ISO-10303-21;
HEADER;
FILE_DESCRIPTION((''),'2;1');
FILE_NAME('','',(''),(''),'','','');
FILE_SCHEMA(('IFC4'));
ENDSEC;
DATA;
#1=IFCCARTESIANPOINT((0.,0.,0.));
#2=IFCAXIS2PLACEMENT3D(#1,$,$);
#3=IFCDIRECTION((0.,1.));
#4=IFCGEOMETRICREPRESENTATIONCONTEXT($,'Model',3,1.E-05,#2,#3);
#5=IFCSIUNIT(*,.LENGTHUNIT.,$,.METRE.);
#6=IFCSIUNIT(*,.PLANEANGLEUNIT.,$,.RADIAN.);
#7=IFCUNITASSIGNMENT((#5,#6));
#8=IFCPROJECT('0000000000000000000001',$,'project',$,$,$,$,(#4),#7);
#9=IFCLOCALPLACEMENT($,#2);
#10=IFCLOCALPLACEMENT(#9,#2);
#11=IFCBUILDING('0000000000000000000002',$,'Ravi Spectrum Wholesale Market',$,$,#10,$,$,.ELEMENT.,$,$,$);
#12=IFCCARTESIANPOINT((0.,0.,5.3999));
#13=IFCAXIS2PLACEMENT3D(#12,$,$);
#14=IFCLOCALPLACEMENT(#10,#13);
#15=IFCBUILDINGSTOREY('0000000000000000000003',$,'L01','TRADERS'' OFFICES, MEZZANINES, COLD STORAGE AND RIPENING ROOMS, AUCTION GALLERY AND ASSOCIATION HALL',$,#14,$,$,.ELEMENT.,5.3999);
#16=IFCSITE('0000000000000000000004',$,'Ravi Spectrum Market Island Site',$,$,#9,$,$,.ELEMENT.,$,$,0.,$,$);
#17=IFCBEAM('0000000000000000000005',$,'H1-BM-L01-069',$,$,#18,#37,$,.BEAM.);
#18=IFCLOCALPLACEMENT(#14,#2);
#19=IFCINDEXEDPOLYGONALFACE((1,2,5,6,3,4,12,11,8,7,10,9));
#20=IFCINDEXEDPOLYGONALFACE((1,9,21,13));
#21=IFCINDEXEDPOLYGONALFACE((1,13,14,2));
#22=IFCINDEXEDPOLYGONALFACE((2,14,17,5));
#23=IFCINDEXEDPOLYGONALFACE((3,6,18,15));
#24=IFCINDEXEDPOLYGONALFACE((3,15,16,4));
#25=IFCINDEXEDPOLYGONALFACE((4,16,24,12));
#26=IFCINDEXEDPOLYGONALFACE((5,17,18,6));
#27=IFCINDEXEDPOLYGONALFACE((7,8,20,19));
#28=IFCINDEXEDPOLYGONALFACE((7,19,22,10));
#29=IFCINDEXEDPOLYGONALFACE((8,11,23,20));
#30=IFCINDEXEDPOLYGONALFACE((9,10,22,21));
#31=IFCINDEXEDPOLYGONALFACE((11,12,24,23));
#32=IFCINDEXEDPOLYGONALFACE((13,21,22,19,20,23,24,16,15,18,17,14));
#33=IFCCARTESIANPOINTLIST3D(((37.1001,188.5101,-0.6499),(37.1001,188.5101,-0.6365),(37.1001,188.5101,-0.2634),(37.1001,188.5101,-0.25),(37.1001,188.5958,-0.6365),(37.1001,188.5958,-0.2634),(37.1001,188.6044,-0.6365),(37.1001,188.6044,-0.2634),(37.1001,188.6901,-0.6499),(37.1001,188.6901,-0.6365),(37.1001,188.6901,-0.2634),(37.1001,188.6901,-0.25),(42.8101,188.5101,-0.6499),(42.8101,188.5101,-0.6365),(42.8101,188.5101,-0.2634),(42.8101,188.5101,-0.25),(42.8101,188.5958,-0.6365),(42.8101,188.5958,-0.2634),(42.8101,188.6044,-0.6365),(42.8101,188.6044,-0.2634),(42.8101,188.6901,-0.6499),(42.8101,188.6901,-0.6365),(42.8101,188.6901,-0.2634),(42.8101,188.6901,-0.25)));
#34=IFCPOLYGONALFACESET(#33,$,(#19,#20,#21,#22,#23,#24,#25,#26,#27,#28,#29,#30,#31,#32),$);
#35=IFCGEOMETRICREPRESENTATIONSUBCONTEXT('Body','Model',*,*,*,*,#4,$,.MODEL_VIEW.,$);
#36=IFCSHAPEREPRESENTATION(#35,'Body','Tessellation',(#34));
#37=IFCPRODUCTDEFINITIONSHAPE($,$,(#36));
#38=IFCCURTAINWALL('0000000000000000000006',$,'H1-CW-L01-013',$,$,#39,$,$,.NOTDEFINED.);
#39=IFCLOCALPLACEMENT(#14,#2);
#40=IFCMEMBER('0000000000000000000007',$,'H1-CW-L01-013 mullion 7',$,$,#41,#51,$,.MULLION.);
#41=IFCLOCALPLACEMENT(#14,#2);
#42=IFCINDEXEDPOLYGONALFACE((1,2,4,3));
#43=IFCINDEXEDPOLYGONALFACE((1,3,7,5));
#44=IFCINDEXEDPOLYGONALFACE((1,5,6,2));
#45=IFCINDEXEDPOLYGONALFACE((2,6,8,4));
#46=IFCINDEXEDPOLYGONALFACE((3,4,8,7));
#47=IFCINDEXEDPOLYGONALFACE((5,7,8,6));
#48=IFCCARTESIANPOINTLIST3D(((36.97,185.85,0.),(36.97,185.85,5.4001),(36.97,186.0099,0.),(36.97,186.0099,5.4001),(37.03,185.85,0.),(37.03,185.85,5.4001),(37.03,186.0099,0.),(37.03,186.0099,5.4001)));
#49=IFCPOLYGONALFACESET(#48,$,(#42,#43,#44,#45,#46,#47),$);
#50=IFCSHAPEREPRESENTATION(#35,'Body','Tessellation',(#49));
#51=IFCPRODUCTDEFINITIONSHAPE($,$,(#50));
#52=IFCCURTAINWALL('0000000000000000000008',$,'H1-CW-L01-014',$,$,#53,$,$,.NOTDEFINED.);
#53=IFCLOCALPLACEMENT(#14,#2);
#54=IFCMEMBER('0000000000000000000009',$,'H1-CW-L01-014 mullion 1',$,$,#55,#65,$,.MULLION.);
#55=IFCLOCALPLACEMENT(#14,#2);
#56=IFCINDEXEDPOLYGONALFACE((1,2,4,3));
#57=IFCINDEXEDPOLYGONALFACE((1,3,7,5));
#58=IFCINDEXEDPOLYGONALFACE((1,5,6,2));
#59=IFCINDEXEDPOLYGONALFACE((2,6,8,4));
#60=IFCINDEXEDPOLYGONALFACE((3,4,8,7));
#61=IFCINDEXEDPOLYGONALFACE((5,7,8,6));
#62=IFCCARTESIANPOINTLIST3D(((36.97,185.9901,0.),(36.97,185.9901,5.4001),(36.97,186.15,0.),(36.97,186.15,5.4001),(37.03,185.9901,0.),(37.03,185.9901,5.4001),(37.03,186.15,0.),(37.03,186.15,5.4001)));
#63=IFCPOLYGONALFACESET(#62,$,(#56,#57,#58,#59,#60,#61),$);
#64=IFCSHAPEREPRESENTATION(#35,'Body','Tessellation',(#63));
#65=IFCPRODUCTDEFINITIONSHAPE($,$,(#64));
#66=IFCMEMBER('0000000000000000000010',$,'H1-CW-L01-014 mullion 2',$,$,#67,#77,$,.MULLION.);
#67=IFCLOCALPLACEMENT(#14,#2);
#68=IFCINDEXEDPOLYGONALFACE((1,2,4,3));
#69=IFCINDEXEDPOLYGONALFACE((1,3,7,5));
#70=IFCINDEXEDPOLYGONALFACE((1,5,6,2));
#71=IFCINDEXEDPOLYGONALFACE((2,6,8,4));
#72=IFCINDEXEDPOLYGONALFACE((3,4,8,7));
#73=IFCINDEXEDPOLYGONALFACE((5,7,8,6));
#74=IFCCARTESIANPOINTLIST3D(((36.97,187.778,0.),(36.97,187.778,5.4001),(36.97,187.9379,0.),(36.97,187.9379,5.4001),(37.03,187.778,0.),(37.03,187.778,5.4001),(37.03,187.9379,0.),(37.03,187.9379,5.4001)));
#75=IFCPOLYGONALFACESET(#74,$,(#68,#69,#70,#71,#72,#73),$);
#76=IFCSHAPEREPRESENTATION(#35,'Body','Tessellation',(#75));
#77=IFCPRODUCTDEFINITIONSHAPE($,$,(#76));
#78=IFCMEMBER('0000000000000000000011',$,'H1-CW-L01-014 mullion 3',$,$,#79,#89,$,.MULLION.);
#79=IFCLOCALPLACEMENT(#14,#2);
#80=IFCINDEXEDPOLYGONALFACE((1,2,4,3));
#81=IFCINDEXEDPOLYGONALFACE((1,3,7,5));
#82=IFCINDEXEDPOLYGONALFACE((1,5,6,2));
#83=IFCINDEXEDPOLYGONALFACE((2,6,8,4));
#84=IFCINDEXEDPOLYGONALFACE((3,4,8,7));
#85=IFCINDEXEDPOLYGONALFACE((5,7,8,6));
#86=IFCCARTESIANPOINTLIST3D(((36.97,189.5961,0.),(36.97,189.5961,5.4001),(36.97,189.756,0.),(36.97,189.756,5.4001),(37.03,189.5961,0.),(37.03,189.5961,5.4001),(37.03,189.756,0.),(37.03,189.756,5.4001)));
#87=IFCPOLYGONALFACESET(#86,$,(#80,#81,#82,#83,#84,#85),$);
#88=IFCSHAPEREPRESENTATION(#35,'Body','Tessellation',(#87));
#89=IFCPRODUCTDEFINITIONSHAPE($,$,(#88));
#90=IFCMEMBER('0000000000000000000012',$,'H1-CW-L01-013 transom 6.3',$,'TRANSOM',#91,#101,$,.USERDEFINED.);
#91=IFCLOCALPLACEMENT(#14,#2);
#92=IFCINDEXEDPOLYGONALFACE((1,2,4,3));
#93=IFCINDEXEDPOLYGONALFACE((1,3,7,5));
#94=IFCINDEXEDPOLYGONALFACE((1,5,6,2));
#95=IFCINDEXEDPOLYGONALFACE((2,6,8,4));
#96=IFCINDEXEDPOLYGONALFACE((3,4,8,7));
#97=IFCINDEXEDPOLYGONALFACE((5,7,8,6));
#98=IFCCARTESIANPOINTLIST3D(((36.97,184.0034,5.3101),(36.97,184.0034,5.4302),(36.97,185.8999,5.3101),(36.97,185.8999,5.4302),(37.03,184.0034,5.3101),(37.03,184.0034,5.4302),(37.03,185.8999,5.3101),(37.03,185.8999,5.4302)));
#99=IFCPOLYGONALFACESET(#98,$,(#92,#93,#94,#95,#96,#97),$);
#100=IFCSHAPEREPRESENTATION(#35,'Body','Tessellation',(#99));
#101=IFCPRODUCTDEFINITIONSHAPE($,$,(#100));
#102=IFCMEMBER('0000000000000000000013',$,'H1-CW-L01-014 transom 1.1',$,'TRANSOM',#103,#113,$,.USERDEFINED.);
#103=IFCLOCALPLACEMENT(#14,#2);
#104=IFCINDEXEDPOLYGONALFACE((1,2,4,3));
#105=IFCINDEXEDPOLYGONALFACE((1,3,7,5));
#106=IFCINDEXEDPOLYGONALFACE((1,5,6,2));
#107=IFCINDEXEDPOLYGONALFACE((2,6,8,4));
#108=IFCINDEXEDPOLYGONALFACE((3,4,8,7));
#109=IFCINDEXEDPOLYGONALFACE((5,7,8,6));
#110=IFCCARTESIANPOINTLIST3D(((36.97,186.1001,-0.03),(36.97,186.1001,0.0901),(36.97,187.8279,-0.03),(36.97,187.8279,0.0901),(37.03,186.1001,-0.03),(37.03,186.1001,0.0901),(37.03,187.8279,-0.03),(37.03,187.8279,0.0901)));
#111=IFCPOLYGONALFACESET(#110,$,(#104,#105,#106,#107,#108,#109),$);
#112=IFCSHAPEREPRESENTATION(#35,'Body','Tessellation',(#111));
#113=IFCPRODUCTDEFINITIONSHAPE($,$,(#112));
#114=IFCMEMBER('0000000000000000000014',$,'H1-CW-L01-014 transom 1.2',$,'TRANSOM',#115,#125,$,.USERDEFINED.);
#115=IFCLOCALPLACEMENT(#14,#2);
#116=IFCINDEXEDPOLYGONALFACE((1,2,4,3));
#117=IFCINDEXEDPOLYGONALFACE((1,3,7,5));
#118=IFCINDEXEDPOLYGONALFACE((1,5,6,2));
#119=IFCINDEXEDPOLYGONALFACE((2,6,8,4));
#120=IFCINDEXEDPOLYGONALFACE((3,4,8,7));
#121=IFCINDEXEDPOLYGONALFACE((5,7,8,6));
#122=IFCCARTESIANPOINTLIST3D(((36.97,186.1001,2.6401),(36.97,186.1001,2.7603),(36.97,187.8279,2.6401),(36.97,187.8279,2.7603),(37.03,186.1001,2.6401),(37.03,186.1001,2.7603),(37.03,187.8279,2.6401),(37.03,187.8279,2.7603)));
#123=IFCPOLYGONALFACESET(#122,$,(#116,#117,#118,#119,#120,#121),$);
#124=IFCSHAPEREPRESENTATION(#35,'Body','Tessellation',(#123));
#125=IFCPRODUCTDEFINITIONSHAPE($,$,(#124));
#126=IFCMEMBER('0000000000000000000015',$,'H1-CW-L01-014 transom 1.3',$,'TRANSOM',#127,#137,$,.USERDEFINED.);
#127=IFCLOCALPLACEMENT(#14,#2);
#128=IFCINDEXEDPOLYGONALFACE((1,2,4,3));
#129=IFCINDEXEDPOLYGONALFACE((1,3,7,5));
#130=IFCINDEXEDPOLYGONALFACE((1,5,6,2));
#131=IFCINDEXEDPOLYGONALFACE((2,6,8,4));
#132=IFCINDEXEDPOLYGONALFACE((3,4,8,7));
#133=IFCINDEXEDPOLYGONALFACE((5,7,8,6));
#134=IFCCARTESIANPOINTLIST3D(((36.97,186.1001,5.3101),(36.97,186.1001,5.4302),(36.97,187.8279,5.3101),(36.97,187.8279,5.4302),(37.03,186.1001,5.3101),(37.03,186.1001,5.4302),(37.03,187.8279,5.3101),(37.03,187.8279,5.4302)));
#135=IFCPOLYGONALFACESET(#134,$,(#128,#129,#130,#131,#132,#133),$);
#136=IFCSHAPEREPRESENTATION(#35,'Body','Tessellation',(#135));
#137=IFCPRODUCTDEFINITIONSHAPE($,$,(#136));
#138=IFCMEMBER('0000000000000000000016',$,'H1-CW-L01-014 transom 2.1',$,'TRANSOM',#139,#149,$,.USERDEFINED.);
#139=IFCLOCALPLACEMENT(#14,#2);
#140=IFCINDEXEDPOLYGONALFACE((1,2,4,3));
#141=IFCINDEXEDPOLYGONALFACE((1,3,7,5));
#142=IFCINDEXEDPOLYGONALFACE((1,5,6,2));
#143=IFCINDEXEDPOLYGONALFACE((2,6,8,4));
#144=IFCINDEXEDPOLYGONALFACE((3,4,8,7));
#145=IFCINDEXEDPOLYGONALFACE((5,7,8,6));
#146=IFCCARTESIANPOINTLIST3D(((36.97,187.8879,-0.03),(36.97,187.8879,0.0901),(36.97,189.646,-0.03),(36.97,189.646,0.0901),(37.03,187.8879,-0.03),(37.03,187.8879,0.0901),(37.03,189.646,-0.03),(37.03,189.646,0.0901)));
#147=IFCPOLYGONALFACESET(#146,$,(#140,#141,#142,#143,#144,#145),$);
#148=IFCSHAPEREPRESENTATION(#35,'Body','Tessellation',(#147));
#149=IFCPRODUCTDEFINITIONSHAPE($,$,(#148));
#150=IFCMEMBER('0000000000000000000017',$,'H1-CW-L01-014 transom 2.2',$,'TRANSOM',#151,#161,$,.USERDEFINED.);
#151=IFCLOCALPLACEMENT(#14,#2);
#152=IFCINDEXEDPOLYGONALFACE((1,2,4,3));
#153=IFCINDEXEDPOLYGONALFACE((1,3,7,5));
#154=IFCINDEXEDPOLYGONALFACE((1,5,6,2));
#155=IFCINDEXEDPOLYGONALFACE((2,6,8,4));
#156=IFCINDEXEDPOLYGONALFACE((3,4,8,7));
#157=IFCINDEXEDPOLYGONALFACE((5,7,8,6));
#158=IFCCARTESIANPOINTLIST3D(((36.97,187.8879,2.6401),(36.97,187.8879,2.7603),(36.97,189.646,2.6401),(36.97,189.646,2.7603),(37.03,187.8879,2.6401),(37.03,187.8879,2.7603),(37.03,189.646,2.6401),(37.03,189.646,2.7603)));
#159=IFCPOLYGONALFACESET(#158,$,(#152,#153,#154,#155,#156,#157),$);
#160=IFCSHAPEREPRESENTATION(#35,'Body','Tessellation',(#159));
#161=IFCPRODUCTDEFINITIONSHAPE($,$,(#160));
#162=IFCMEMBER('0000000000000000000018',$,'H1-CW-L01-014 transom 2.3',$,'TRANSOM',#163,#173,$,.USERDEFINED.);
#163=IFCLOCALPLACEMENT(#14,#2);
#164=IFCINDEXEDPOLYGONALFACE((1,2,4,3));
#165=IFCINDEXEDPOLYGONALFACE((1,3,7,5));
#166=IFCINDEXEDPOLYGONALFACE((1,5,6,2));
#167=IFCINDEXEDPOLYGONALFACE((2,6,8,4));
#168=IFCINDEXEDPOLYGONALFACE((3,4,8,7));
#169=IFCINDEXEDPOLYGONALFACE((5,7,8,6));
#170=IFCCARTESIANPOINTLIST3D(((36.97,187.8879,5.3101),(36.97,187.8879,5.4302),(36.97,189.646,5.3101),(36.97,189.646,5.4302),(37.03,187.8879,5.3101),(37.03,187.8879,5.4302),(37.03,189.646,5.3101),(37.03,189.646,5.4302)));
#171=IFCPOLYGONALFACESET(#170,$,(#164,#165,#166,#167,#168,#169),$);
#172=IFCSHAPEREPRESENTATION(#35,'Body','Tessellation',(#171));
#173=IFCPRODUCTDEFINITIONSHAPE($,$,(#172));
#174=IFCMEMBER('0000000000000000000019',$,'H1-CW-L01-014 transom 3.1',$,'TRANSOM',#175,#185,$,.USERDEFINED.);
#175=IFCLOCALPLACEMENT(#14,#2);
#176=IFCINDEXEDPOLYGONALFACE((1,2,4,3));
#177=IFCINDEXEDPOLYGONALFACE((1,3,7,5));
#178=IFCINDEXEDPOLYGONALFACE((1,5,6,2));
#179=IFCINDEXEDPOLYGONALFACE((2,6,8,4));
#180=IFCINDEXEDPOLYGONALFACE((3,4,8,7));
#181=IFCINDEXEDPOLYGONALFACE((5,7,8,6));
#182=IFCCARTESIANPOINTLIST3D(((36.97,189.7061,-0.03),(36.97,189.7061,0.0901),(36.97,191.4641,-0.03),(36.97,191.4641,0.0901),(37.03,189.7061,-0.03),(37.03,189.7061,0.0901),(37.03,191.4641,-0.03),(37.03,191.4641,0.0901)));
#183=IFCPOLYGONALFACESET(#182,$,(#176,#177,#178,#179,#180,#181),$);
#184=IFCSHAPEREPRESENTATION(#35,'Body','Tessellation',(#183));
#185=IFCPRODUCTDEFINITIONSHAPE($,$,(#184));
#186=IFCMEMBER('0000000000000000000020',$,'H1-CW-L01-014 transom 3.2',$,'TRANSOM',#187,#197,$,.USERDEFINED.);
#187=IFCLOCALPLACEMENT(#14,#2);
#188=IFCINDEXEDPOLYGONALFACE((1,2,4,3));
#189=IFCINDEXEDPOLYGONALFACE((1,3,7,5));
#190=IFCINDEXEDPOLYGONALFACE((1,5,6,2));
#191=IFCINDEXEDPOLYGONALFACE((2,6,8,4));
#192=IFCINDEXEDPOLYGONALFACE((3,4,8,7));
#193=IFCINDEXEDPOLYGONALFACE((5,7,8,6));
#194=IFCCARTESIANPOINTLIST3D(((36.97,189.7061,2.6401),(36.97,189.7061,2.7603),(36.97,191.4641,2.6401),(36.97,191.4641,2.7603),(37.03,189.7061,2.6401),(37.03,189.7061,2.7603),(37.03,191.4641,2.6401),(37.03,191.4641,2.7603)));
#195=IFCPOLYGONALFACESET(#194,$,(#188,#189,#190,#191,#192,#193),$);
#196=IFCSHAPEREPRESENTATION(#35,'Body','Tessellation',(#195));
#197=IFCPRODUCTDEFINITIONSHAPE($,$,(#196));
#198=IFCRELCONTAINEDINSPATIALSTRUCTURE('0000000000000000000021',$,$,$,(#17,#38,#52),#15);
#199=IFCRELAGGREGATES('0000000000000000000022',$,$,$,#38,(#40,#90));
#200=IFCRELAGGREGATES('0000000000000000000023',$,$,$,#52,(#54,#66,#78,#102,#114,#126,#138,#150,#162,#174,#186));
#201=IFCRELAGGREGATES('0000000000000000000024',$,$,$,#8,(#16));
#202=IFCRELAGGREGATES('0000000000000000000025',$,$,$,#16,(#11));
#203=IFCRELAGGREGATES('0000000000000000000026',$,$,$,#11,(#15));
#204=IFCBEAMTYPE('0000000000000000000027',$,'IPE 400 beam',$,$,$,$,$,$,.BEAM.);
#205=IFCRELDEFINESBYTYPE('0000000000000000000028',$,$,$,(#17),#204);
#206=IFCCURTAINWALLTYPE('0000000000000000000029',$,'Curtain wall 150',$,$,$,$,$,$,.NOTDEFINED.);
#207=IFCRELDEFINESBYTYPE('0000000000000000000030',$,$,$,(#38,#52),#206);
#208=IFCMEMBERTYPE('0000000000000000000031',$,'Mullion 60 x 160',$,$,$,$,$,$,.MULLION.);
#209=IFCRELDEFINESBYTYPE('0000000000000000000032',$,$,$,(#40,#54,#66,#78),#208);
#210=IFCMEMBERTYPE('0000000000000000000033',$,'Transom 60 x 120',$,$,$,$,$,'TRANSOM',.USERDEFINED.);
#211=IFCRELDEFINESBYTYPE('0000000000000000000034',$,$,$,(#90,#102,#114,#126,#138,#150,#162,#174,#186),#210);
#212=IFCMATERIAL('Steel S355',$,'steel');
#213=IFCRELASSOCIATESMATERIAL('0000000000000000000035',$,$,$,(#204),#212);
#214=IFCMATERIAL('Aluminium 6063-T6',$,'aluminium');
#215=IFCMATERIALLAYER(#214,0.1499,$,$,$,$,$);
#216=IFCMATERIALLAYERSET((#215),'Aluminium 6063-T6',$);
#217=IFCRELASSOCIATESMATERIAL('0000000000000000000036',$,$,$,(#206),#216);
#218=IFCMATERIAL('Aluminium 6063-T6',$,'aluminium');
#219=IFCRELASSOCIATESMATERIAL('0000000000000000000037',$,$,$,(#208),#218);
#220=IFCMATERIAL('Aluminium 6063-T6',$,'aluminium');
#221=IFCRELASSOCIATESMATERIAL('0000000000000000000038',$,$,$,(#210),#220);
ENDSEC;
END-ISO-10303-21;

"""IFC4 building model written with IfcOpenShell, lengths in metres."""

from ifc_helpers import new_model, si_unit, direction, frame, origin, origin_2d, place, context, subcontext, project, spatial, rectangle, i_section, extrude, material, layer, layer_set, material_profile, profile_set, type_object, element, aggregate, save


model = new_model("IFC4")

# Units and contexts
model_context = context("Model", 3, precision=1e-05, world=origin(), true_north=direction((0.0, 1.0)))
body_context = subcontext(model_context, "Body", "Model", "MODEL_VIEW")
ifc_project = project(units=[si_unit("LENGTHUNIT", "METRE"), si_unit("PLANEANGLEUNIT", "RADIAN")], contexts=[model_context])

# Site, building, storey
site_placement = place(None, origin())
site = spatial("IfcSite", under=ifc_project, at=site_placement, Name="Ravi Spectrum Market Island Site", CompositionType="ELEMENT", RefElevation=0.0)
building_placement = place(site_placement, origin())
building = spatial("IfcBuilding", under=site, at=building_placement, Name="Ravi Spectrum Wholesale Market", CompositionType="ELEMENT")
storey_placement = place(building_placement, frame((0.0, 0.0, 5.3999)))
storey = spatial("IfcBuildingStorey", under=building, at=storey_placement, Name="L01", Description="TRADERS' OFFICES, MEZZANINES, COLD STORAGE AND RIPENING ROOMS, AUCTION GALLERY AND ASSOCIATION HALL", CompositionType="ELEMENT", Elevation=5.3999)

# Beam
ifc_material_1 = material(Name="Steel S355", Category="steel")
ifc_material_profile_1 = material_profile(ifc_material_1, i_section(OverallWidth=0.1799, OverallDepth=0.3999, WebThickness=0.0085, FlangeThickness=0.0134, at=origin_2d()))
ifc_profile_set_1 = profile_set([ifc_material_profile_1], Name="Steel S355")
beam_type = type_object("IfcBeamType", Name="IPE 400 beam", PredefinedType="BEAM", material=ifc_profile_set_1)
beam_placement = place(storey_placement, frame((37.1001, 188.6001, -0.45), z_axis=(1.0, 0.0, 0.0), x_axis=(0.0, 1.0, 0.0)))
element("IfcBeam", 1, at=beam_placement, inside=storey, type_object=beam_type, Name="H1-BM-L01-069", PredefinedType="BEAM", context=body_context, shape_type="SweptSolid", body=[
    extrude(i_section(OverallWidth=0.1799, OverallDepth=0.3999, WebThickness=0.0085, FlangeThickness=0.0134, at=origin_2d()), origin(), (0.0, 0.0, 1.0), 5.71),
])

# Curtain wall, member
ifc_material_2 = material(Name="Aluminium 6063-T6", Category="aluminium")
ifc_layer_1 = layer(ifc_material_2, 0.1499)
ifc_layer_set_1 = layer_set([ifc_layer_1], Name="Aluminium 6063-T6")
curtain_wall_type = type_object("IfcCurtainWallType", Name="Curtain wall 150", PredefinedType="NOTDEFINED", material=ifc_layer_set_1)
curtain_wall_1_placement = place(storey_placement, origin())
curtain_wall_1 = element("IfcCurtainWall", 2, at=curtain_wall_1_placement, inside=storey, type_object=curtain_wall_type, Name="H1-CW-L01-013", PredefinedType="NOTDEFINED")
ifc_material_3 = material(Name="Aluminium 6063-T6", Category="aluminium")
ifc_material_profile_2 = material_profile(ifc_material_3, rectangle(XDim=0.0601, YDim=0.1599, at=origin_2d()))
ifc_profile_set_2 = profile_set([ifc_material_profile_2], Name="Aluminium 6063-T6")
member_type_1 = type_object("IfcMemberType", Name="Mullion 60 x 160", PredefinedType="MULLION", material=ifc_profile_set_2)
member_1_placement = place(storey_placement, frame((37.0, 185.9299, 0.0), z_axis=(0.0, 0.0, 1.0), x_axis=(-1.0, 0.0, 0.0)))
member_1 = element("IfcMember", 3, at=member_1_placement, type_object=member_type_1, Name="H1-CW-L01-013 mullion 7", PredefinedType="MULLION", context=body_context, shape_type="SweptSolid", body=[
    extrude(rectangle(XDim=0.0601, YDim=0.1599, at=origin_2d()), origin(), (0.0, 0.0, 1.0), 5.4001),
])

# Curtain wall, members
curtain_wall_2_placement = place(storey_placement, origin())
curtain_wall_2 = element("IfcCurtainWall", 4, at=curtain_wall_2_placement, inside=storey, type_object=curtain_wall_type, Name="H1-CW-L01-014", PredefinedType="NOTDEFINED")
member_2_placement = place(storey_placement, frame((37.0, 186.0701, 0.0), z_axis=(0.0, 0.0, 1.0), x_axis=(-1.0, 0.0, 0.0)))
member_2 = element("IfcMember", 5, at=member_2_placement, type_object=member_type_1, Name="H1-CW-L01-014 mullion 1", PredefinedType="MULLION", context=body_context, shape_type="SweptSolid", body=[
    extrude(rectangle(XDim=0.0601, YDim=0.1599, at=origin_2d()), origin(), (0.0, 0.0, 1.0), 5.4001),
])
member_3_placement = place(storey_placement, frame((37.0, 187.8579, 0.0), z_axis=(0.0, 0.0, 1.0), x_axis=(-1.0, 0.0, 0.0)))
member_3 = element("IfcMember", 6, at=member_3_placement, type_object=member_type_1, Name="H1-CW-L01-014 mullion 2", PredefinedType="MULLION", context=body_context, shape_type="SweptSolid", body=[
    extrude(rectangle(XDim=0.0601, YDim=0.1599, at=origin_2d()), origin(), (0.0, 0.0, 1.0), 5.4001),
])
member_4_placement = place(storey_placement, frame((37.0, 189.676, 0.0), z_axis=(0.0, 0.0, 1.0), x_axis=(-1.0, 0.0, 0.0)))
member_4 = element("IfcMember", 7, at=member_4_placement, type_object=member_type_1, Name="H1-CW-L01-014 mullion 3", PredefinedType="MULLION", context=body_context, shape_type="SweptSolid", body=[
    extrude(rectangle(XDim=0.0601, YDim=0.1599, at=origin_2d()), origin(), (0.0, 0.0, 1.0), 5.4001),
])

# Members
ifc_material_4 = material(Name="Aluminium 6063-T6", Category="aluminium")
ifc_material_profile_3 = material_profile(ifc_material_4, rectangle(XDim=0.0601, YDim=0.1201, at=origin_2d()))
ifc_profile_set_3 = profile_set([ifc_material_profile_3], Name="Aluminium 6063-T6")
member_type_2 = type_object("IfcMemberType", Name="Transom 60 x 120", ElementType="TRANSOM", PredefinedType="USERDEFINED", material=ifc_profile_set_3)
member_5_placement = place(storey_placement, frame((37.0, 184.0034, 5.3701), z_axis=(0.0, 1.0, 0.0), x_axis=(-1.0, 0.0, 0.0)))
member_5 = element("IfcMember", 8, at=member_5_placement, type_object=member_type_2, Name="H1-CW-L01-013 transom 6.3", ObjectType="TRANSOM", PredefinedType="USERDEFINED", context=body_context, shape_type="SweptSolid", body=[
    extrude(rectangle(XDim=0.0601, YDim=0.1201, at=origin_2d()), origin(), (0.0, 0.0, 1.0), 1.8965),
])
member_6_placement = place(storey_placement, frame((37.0, 186.1001, 0.03), z_axis=(0.0, 1.0, 0.0), x_axis=(-1.0, 0.0, 0.0)))
member_6 = element("IfcMember", 9, at=member_6_placement, type_object=member_type_2, Name="H1-CW-L01-014 transom 1.1", ObjectType="TRANSOM", PredefinedType="USERDEFINED", context=body_context, shape_type="SweptSolid", body=[
    extrude(rectangle(XDim=0.0601, YDim=0.1201, at=origin_2d()), origin(), (0.0, 0.0, 1.0), 1.7278),
])
member_7_placement = place(storey_placement, frame((37.0, 186.1001, 2.7002), z_axis=(0.0, 1.0, 0.0), x_axis=(-1.0, 0.0, 0.0)))
member_7 = element("IfcMember", 10, at=member_7_placement, type_object=member_type_2, Name="H1-CW-L01-014 transom 1.2", ObjectType="TRANSOM", PredefinedType="USERDEFINED", context=body_context, shape_type="SweptSolid", body=[
    extrude(rectangle(XDim=0.0601, YDim=0.1201, at=origin_2d()), origin(), (0.0, 0.0, 1.0), 1.7278),
])
member_8_placement = place(storey_placement, frame((37.0, 186.1001, 5.3701), z_axis=(0.0, 1.0, 0.0), x_axis=(-1.0, 0.0, 0.0)))
member_8 = element("IfcMember", 11, at=member_8_placement, type_object=member_type_2, Name="H1-CW-L01-014 transom 1.3", ObjectType="TRANSOM", PredefinedType="USERDEFINED", context=body_context, shape_type="SweptSolid", body=[
    extrude(rectangle(XDim=0.0601, YDim=0.1201, at=origin_2d()), origin(), (0.0, 0.0, 1.0), 1.7278),
])
member_9_placement = place(storey_placement, frame((37.0, 187.8879, 0.03), z_axis=(0.0, 1.0, 0.0), x_axis=(-1.0, 0.0, 0.0)))
member_9 = element("IfcMember", 12, at=member_9_placement, type_object=member_type_2, Name="H1-CW-L01-014 transom 2.1", ObjectType="TRANSOM", PredefinedType="USERDEFINED", context=body_context, shape_type="SweptSolid", body=[
    extrude(rectangle(XDim=0.0601, YDim=0.1201, at=origin_2d()), origin(), (0.0, 0.0, 1.0), 1.7581),
])
member_10_placement = place(storey_placement, frame((37.0, 187.8879, 2.7002), z_axis=(0.0, 1.0, 0.0), x_axis=(-1.0, 0.0, 0.0)))
member_10 = element("IfcMember", 13, at=member_10_placement, type_object=member_type_2, Name="H1-CW-L01-014 transom 2.2", ObjectType="TRANSOM", PredefinedType="USERDEFINED", context=body_context, shape_type="SweptSolid", body=[
    extrude(rectangle(XDim=0.0601, YDim=0.1201, at=origin_2d()), origin(), (0.0, 0.0, 1.0), 1.7581),
])
member_11_placement = place(storey_placement, frame((37.0, 187.8879, 5.3701), z_axis=(0.0, 1.0, 0.0), x_axis=(-1.0, 0.0, 0.0)))
member_11 = element("IfcMember", 14, at=member_11_placement, type_object=member_type_2, Name="H1-CW-L01-014 transom 2.3", ObjectType="TRANSOM", PredefinedType="USERDEFINED", context=body_context, shape_type="SweptSolid", body=[
    extrude(rectangle(XDim=0.0601, YDim=0.1201, at=origin_2d()), origin(), (0.0, 0.0, 1.0), 1.7581),
])
member_12_placement = place(storey_placement, frame((37.0, 189.7061, 0.03), z_axis=(0.0, 1.0, 0.0), x_axis=(-1.0, 0.0, 0.0)))
member_12 = element("IfcMember", 15, at=member_12_placement, type_object=member_type_2, Name="H1-CW-L01-014 transom 3.1", ObjectType="TRANSOM", PredefinedType="USERDEFINED", context=body_context, shape_type="SweptSolid", body=[
    extrude(rectangle(XDim=0.0601, YDim=0.1201, at=origin_2d()), origin(), (0.0, 0.0, 1.0), 1.7581),
])
member_13_placement = place(storey_placement, frame((37.0, 189.7061, 2.7002), z_axis=(0.0, 1.0, 0.0), x_axis=(-1.0, 0.0, 0.0)))
member_13 = element("IfcMember", 16, at=member_13_placement, type_object=member_type_2, Name="H1-CW-L01-014 transom 3.2", ObjectType="TRANSOM", PredefinedType="USERDEFINED", context=body_context, shape_type="SweptSolid", body=[
    extrude(rectangle(XDim=0.0601, YDim=0.1201, at=origin_2d()), origin(), (0.0, 0.0, 1.0), 1.7581),
])

aggregate(curtain_wall_1, [member_1, member_5])
aggregate(curtain_wall_2, [member_2, member_3, member_4, member_6, member_7, member_8, member_9, member_10, member_11, member_12, member_13])

save(model, "model.ifc")
